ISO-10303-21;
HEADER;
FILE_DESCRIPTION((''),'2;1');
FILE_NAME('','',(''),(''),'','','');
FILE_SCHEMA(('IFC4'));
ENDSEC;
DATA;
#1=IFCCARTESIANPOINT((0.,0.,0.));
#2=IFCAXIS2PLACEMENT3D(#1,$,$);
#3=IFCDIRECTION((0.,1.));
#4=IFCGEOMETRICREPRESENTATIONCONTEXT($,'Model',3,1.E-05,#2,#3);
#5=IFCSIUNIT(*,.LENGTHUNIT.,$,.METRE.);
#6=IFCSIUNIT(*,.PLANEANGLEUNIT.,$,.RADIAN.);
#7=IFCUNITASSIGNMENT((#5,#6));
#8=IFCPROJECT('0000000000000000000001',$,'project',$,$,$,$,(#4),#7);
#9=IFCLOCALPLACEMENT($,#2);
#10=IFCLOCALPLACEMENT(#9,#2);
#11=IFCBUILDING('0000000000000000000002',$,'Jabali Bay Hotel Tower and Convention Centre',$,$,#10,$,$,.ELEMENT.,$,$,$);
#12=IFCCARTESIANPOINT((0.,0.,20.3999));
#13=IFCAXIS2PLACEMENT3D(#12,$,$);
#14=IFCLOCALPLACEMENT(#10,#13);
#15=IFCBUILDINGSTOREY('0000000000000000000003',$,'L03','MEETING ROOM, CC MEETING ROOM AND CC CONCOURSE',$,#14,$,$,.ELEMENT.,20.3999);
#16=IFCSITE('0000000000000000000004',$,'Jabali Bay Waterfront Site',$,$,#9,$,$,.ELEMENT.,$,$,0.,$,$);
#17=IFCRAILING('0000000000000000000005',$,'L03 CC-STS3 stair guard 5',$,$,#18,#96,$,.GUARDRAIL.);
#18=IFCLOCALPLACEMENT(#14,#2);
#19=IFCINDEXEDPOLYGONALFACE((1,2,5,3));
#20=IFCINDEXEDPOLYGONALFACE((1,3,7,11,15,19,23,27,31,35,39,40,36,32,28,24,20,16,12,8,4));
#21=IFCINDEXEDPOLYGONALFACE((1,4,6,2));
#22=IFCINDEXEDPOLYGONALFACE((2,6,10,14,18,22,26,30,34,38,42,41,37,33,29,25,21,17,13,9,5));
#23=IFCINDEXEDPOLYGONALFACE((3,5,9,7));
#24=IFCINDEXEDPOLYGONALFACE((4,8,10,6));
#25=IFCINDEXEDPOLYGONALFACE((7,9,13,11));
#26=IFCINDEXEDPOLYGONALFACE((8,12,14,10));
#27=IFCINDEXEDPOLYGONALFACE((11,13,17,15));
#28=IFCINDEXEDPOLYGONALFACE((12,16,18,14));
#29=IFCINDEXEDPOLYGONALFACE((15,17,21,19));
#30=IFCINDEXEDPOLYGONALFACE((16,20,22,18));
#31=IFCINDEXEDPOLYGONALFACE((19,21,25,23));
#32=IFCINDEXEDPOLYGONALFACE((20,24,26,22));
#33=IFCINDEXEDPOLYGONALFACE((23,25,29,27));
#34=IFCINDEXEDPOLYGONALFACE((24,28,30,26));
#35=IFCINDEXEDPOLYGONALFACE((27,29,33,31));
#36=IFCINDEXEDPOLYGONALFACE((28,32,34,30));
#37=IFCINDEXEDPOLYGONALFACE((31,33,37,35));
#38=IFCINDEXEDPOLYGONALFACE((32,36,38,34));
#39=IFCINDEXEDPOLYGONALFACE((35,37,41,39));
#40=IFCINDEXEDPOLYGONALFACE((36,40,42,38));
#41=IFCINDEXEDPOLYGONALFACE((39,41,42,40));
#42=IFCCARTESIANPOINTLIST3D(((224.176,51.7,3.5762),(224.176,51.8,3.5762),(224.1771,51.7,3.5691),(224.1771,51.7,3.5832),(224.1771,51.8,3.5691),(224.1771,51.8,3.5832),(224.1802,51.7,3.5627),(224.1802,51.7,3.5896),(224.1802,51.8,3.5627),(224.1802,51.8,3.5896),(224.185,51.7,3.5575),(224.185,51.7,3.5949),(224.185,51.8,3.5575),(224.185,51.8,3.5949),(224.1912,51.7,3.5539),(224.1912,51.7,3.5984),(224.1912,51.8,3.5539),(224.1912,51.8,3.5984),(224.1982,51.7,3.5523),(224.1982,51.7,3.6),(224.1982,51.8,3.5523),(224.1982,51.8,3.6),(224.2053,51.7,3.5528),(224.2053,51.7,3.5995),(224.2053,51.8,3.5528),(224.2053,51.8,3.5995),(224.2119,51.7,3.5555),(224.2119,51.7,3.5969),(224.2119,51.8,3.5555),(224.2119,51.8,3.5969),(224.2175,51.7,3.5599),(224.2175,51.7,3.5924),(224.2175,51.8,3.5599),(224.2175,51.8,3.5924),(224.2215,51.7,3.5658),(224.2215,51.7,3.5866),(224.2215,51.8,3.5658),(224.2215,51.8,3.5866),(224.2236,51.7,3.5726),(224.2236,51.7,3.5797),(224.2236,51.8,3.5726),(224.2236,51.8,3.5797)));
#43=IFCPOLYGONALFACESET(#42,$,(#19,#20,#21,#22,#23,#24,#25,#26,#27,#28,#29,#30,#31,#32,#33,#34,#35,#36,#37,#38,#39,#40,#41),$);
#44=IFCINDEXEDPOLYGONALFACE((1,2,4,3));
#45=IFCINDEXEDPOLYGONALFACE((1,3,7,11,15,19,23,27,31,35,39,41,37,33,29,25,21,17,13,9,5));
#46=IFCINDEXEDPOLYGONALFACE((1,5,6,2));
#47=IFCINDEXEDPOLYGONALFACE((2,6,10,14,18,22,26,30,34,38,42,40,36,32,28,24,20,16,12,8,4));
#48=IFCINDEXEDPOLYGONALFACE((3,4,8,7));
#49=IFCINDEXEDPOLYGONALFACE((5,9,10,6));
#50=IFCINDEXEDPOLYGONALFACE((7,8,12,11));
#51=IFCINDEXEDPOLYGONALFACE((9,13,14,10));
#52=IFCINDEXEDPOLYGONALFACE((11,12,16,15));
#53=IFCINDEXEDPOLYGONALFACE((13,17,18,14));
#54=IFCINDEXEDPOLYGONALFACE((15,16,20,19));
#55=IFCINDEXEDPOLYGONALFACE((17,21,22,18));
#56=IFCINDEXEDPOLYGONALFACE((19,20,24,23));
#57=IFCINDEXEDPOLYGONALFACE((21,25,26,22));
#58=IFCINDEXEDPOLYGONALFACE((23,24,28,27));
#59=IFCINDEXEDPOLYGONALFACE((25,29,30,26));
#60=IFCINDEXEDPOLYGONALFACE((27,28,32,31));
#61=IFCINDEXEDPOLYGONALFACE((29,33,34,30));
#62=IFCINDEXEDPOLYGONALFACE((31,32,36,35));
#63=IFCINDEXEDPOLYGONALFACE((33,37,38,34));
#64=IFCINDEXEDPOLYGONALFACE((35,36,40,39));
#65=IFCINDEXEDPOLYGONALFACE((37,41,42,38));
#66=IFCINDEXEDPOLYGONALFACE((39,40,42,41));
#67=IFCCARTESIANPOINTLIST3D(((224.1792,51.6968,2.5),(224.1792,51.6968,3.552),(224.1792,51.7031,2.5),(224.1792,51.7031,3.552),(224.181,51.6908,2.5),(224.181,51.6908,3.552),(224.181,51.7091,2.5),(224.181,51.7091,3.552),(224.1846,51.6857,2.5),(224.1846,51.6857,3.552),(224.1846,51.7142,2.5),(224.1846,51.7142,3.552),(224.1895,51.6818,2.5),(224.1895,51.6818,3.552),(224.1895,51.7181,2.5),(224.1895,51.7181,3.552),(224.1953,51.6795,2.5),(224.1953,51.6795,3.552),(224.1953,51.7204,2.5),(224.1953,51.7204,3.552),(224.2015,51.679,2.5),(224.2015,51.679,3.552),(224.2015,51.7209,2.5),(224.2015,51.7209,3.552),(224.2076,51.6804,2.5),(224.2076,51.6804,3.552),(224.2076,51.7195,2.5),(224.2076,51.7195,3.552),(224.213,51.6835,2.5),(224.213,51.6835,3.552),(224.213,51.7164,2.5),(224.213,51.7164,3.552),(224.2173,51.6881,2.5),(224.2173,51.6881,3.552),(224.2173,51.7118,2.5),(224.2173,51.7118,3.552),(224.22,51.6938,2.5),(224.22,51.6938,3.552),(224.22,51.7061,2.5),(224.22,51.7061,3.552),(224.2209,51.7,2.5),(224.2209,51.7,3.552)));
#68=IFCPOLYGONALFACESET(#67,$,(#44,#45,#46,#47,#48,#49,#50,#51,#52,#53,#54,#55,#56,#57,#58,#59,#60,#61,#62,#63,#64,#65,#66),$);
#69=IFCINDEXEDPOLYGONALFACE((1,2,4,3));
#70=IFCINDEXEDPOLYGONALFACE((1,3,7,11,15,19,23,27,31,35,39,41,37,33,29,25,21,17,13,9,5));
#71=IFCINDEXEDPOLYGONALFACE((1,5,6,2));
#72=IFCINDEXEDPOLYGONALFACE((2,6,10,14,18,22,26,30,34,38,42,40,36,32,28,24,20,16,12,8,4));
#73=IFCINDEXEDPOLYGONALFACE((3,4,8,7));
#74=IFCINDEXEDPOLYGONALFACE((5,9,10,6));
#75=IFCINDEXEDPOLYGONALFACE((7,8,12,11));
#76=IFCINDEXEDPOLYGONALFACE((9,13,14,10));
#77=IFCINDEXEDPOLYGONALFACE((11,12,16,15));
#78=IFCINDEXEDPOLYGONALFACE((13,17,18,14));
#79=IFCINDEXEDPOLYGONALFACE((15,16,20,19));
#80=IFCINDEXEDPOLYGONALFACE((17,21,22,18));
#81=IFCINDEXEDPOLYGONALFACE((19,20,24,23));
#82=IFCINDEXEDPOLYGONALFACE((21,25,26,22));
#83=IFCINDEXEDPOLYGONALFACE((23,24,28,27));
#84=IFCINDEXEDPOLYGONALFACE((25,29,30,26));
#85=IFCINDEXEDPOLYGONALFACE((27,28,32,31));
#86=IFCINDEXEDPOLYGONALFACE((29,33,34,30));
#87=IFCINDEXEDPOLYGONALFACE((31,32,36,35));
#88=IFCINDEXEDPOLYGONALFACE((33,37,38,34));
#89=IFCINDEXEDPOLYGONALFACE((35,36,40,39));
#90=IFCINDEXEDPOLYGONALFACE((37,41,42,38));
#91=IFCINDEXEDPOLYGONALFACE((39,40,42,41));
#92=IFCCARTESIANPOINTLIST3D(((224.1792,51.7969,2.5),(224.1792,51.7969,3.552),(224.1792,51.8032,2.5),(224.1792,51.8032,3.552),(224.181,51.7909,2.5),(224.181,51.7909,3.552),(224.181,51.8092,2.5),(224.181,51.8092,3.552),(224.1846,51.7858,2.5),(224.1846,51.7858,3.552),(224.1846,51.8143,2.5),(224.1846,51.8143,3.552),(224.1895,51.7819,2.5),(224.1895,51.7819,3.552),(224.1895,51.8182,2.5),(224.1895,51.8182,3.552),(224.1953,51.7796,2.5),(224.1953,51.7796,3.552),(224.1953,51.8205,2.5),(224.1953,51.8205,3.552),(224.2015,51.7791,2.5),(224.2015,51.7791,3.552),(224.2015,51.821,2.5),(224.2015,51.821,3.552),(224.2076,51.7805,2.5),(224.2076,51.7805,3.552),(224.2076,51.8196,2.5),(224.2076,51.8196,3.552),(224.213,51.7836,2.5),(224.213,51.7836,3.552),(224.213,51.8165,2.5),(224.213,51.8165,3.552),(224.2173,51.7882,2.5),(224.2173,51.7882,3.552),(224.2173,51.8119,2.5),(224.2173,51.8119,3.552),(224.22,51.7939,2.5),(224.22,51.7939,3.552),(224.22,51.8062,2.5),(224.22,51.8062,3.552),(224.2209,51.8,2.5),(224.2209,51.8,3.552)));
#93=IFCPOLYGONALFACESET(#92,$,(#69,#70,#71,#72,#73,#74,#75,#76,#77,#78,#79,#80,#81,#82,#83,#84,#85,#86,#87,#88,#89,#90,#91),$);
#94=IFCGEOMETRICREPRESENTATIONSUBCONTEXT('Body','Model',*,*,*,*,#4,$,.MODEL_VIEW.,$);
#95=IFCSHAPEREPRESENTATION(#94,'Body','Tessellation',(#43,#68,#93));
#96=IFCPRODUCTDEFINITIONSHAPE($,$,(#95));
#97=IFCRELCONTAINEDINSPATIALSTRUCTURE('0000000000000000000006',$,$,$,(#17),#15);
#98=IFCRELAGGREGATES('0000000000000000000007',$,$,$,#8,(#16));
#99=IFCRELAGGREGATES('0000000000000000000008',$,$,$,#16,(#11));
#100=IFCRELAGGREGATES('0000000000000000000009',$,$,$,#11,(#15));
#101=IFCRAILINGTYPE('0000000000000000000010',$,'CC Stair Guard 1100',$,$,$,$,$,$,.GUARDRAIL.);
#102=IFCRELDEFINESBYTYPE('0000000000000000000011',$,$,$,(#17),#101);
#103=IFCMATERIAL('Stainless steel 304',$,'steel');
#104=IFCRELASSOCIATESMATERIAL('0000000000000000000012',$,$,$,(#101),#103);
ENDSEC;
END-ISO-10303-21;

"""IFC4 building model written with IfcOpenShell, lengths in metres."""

from ifc_helpers import new_model, si_unit, direction, frame, origin, origin_2d, place, context, subcontext, project, spatial, circle, extrude, material, type_object, element, save


model = new_model("IFC4")

# Units and contexts
model_context = context("Model", 3, precision=1e-05, world=origin(), true_north=direction((0.0, 1.0)))
body_context = subcontext(model_context, "Body", "Model", "MODEL_VIEW")
ifc_project = project(units=[si_unit("LENGTHUNIT", "METRE"), si_unit("PLANEANGLEUNIT", "RADIAN")], contexts=[model_context])

# Site, building, storey
site_placement = place(None, origin())
site = spatial("IfcSite", under=ifc_project, at=site_placement, Name="Jabali Bay Waterfront Site", CompositionType="ELEMENT", RefElevation=0.0)
building_placement = place(site_placement, origin())
building = spatial("IfcBuilding", under=site, at=building_placement, Name="Jabali Bay Hotel Tower and Convention Centre", CompositionType="ELEMENT")
storey_placement = place(building_placement, frame((0.0, 0.0, 20.3999)))
storey = spatial("IfcBuildingStorey", under=building, at=storey_placement, Name="L03", Description="MEETING ROOM, CC MEETING ROOM AND CC CONCOURSE", CompositionType="ELEMENT", Elevation=20.3999)

# Railing
ifc_material_1 = material(Name="Stainless steel 304", Category="steel")
railing_type_1 = type_object("IfcRailingType", Name="CC Stair Guard 1100", PredefinedType="GUARDRAIL", material=ifc_material_1)
railing_1_placement = place(storey_placement, frame((224.2, 51.7, 2.5)))
element("IfcRailing", 1, at=railing_1_placement, inside=storey, type_object=railing_type_1, Name="L03 CC-STS3 stair guard 5", PredefinedType="GUARDRAIL", context=body_context, shape_type="SweptSolid", body=[
    extrude(circle(Radius=0.0239, at=origin_2d()), frame((0.0, 0.0, 1.0762), z_axis=(0.0, 1.0, 0.0), x_axis=(-1.0, 0.0, 0.0)), (0.0, 0.0, 1.0), 0.1001),
    extrude(circle(Radius=0.021, at=origin_2d()), origin(), (0.0, 0.0, 1.0), 1.052),
    extrude(circle(Radius=0.021, at=origin_2d()), frame((0.0, 0.1001, 0.0)), (0.0, 0.0, 1.0), 1.052),
])

save(model, "model.ifc")
